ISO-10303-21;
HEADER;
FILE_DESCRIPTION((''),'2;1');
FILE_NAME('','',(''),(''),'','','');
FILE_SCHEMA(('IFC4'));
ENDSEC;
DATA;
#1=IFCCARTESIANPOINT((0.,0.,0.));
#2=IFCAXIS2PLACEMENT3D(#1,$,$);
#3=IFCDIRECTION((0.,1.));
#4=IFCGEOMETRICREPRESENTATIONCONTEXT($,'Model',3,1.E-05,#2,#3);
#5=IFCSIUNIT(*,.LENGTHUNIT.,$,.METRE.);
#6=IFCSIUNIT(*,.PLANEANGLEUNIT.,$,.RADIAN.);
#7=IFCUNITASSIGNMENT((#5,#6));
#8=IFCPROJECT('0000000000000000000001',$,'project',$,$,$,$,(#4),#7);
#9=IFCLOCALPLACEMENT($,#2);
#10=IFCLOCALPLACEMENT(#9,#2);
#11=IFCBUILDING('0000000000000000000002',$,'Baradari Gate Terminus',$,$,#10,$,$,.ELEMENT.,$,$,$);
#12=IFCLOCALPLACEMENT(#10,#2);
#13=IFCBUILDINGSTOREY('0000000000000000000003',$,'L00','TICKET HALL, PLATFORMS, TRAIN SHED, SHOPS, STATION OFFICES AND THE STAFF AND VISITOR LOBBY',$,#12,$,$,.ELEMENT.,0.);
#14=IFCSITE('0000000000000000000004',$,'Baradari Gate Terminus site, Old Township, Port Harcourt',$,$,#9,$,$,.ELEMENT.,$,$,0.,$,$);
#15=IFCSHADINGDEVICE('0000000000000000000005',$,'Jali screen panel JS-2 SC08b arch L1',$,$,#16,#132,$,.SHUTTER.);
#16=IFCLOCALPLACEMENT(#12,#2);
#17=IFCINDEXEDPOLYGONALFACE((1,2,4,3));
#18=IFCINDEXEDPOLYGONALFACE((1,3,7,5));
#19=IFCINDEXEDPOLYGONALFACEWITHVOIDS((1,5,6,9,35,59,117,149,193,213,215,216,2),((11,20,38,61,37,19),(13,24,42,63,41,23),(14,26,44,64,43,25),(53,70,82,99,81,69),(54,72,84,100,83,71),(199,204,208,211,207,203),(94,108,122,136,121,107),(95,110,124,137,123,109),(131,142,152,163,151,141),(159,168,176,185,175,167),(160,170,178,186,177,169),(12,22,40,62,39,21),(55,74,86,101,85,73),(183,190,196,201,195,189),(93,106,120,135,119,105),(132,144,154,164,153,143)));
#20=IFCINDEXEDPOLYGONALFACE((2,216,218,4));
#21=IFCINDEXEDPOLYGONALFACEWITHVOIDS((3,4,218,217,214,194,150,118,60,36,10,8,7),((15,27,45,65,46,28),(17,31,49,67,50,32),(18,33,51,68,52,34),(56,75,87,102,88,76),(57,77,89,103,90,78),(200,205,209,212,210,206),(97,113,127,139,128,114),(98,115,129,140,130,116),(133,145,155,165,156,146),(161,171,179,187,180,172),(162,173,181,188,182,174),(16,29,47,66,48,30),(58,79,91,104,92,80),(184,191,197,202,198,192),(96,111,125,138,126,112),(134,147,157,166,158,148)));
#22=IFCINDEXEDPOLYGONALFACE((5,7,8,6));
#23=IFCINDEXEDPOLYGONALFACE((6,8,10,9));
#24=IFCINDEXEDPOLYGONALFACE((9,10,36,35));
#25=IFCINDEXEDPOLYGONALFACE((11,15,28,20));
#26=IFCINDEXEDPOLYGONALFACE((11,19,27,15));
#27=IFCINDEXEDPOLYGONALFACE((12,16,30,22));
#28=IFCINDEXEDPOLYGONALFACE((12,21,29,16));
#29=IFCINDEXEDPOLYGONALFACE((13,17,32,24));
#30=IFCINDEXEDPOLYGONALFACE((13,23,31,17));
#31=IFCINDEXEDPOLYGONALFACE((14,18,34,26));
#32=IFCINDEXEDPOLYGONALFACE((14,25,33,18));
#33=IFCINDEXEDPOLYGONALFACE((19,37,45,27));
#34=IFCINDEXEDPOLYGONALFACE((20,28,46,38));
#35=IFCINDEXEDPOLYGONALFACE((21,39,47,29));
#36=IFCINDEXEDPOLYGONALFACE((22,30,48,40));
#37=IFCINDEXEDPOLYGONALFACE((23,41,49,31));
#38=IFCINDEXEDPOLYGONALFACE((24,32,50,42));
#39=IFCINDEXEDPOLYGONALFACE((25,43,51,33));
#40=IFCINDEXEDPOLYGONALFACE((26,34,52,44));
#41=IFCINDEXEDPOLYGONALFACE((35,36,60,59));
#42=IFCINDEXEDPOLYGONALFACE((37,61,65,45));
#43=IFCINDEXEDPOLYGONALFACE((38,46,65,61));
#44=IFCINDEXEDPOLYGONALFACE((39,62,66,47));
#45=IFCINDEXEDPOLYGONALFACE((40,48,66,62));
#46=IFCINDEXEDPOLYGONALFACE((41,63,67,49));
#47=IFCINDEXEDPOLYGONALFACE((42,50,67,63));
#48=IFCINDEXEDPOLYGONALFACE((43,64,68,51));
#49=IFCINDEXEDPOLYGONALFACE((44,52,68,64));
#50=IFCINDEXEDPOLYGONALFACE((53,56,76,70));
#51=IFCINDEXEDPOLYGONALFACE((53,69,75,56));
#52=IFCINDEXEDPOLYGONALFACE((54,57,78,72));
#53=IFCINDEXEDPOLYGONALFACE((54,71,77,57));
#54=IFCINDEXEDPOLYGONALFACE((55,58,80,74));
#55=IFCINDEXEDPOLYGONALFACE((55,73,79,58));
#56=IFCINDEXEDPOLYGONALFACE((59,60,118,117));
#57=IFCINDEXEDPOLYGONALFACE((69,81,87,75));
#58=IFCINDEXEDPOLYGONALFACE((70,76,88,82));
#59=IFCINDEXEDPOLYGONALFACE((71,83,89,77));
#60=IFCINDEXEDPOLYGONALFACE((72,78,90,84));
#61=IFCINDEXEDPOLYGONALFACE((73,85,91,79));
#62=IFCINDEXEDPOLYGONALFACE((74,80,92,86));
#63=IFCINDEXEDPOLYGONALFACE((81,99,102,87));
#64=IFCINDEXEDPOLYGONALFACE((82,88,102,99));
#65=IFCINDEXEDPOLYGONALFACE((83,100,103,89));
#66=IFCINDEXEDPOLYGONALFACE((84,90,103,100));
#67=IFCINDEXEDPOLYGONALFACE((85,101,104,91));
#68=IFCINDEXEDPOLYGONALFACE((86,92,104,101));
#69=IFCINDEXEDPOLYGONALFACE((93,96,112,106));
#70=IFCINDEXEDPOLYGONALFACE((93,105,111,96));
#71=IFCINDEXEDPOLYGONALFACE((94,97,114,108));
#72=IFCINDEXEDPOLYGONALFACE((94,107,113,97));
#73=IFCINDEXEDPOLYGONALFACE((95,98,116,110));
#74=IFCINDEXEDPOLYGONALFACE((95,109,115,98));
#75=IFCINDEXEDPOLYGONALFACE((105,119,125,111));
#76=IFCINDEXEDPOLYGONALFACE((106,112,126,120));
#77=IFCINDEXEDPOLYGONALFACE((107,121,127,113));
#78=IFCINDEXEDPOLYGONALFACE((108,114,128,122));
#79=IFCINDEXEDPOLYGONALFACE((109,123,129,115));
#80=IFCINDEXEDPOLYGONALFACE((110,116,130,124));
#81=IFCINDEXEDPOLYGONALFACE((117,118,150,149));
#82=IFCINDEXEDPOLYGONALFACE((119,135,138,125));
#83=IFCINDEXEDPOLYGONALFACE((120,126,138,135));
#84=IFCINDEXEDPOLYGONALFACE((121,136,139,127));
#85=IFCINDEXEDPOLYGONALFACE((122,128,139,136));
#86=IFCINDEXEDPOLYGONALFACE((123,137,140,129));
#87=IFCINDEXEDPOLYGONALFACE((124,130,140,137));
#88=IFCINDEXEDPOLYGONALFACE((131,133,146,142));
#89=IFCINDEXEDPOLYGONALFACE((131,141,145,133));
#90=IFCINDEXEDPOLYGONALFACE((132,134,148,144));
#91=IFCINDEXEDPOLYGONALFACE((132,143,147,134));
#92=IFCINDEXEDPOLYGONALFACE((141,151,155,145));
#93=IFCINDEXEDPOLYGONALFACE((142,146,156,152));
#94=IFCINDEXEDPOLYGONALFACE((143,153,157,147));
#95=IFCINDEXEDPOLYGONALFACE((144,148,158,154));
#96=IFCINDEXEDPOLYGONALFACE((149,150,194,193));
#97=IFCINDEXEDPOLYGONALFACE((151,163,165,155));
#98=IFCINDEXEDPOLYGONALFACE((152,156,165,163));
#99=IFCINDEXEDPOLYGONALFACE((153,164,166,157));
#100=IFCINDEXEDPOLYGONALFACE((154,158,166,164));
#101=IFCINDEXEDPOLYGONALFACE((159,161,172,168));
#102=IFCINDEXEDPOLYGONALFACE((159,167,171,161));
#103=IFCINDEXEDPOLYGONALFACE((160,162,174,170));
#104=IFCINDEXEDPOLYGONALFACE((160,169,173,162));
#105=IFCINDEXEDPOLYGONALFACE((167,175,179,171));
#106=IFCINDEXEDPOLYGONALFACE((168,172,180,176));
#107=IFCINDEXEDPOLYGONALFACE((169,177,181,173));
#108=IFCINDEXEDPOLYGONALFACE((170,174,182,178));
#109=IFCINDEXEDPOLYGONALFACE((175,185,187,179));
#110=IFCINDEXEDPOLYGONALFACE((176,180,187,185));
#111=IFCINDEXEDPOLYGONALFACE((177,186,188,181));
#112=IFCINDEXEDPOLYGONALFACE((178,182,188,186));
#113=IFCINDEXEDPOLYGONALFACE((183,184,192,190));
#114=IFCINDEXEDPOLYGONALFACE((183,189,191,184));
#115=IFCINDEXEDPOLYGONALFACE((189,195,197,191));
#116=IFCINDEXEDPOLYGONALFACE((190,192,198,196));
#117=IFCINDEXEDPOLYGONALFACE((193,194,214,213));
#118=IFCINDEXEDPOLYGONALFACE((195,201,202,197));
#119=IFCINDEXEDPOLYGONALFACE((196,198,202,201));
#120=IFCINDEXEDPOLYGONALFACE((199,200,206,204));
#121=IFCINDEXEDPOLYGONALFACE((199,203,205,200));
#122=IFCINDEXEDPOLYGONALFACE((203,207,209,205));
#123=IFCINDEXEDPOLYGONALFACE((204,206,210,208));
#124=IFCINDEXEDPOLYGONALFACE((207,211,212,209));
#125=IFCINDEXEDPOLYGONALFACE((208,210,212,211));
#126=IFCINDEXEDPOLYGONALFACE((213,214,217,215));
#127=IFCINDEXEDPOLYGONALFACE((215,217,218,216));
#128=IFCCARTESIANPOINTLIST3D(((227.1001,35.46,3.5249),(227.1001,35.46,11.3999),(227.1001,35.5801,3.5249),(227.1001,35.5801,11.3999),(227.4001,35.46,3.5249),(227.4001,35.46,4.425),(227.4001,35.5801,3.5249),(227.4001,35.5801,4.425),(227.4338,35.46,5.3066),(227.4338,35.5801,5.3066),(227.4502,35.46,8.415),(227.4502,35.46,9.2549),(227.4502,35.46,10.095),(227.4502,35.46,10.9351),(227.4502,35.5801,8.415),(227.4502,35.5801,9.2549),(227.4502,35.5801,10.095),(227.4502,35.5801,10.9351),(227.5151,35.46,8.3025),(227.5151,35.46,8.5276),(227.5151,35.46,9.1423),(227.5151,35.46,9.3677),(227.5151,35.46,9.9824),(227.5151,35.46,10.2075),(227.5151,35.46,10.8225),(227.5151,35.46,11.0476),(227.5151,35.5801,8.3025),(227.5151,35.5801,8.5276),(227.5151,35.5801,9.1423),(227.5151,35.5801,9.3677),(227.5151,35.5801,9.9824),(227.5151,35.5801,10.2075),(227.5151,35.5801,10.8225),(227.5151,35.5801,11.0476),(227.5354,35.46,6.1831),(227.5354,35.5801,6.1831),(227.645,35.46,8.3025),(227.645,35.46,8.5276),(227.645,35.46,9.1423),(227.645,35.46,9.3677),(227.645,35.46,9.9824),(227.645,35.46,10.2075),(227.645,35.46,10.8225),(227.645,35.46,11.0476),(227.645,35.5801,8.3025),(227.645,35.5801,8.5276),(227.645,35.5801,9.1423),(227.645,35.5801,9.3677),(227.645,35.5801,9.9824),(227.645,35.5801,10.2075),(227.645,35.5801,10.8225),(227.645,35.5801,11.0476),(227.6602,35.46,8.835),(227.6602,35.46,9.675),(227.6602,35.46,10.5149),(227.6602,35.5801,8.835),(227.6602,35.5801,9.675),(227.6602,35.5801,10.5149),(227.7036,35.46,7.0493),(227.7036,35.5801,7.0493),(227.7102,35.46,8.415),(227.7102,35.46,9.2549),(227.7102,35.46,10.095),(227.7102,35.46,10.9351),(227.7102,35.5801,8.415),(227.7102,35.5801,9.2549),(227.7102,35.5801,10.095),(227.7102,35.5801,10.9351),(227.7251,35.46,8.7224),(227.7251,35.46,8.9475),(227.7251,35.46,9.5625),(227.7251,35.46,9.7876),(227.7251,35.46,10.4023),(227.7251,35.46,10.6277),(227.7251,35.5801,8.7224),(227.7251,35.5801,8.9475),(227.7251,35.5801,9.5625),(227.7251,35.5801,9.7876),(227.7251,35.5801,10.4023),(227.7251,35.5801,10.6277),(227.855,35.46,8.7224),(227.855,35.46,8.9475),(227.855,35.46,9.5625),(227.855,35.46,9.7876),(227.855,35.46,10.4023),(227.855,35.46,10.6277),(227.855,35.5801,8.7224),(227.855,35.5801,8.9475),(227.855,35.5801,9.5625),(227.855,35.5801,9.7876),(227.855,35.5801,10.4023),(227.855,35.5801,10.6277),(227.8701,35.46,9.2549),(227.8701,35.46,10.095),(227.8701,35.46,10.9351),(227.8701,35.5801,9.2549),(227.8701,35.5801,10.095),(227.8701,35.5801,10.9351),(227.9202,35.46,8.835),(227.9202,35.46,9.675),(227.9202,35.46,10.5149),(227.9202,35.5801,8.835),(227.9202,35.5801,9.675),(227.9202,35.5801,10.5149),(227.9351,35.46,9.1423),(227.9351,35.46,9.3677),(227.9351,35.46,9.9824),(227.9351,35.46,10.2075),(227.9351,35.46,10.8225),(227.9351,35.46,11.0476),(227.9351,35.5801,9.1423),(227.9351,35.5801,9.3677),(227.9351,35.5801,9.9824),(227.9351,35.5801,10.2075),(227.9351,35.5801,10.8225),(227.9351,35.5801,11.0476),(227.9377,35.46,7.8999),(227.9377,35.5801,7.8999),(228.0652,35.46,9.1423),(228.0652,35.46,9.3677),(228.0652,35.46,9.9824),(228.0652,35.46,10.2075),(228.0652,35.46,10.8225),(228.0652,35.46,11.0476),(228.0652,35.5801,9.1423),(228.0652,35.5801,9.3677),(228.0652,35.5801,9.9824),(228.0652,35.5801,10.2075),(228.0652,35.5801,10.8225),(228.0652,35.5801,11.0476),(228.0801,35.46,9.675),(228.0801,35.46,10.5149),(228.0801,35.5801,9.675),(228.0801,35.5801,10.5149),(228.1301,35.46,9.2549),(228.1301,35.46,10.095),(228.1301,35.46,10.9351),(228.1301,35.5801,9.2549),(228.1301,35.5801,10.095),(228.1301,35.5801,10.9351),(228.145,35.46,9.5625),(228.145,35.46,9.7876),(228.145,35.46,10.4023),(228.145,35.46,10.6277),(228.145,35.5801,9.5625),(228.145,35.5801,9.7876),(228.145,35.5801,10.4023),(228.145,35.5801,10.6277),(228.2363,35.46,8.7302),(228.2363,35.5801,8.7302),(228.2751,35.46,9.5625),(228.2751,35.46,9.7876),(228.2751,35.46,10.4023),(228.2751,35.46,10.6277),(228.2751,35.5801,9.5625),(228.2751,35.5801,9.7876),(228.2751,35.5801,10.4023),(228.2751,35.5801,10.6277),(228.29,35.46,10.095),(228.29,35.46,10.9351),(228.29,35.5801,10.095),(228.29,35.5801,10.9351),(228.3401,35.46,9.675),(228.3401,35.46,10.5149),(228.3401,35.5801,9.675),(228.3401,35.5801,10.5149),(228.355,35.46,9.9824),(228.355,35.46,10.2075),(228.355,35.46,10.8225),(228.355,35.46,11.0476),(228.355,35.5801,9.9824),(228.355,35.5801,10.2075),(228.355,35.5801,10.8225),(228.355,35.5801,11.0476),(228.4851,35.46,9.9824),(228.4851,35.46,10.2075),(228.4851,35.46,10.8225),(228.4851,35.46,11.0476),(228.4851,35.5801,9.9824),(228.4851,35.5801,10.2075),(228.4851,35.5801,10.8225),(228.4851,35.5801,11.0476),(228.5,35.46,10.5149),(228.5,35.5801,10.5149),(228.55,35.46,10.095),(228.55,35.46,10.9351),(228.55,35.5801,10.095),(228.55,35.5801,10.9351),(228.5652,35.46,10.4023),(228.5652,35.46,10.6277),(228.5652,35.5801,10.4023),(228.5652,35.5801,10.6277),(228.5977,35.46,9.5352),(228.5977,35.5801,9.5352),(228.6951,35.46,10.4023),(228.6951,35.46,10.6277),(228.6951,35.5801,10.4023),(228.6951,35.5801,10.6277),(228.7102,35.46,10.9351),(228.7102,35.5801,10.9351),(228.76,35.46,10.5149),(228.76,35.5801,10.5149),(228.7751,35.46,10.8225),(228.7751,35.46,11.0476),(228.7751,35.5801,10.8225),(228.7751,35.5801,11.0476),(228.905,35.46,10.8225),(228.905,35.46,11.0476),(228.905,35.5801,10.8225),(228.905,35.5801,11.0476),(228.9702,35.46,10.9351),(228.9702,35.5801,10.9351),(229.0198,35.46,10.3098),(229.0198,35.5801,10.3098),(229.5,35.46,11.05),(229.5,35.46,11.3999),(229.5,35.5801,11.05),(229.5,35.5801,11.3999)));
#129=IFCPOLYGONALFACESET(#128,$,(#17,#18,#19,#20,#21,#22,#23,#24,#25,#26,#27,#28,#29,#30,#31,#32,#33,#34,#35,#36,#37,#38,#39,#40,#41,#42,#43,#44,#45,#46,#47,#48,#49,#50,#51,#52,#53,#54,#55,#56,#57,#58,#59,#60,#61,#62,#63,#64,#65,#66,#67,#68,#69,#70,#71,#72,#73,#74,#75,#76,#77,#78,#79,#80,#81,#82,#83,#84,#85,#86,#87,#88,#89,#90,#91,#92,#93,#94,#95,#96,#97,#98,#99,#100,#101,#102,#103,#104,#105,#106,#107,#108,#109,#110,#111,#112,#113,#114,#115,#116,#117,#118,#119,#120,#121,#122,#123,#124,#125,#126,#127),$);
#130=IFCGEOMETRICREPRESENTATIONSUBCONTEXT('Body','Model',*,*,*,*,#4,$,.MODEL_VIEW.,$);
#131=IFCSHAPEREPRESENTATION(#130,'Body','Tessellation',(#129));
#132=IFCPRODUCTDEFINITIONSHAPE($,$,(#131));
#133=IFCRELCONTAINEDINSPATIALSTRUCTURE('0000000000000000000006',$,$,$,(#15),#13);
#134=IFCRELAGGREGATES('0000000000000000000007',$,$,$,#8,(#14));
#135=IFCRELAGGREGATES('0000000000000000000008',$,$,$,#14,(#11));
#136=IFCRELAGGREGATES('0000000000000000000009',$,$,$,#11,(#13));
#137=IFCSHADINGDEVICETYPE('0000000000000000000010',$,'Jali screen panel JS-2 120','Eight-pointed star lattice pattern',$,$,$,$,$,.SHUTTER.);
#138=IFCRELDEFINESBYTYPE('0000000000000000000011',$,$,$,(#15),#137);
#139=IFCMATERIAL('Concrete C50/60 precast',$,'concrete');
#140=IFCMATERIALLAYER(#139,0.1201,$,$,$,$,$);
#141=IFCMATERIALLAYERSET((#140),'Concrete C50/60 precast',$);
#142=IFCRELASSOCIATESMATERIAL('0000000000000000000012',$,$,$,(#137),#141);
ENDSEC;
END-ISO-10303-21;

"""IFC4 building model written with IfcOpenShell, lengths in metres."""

from ifc_helpers import new_model, si_unit, direction, frame, origin, place, context, subcontext, project, spatial, polyline, outline, extrude, material, layer, layer_set, type_object, element, save


model = new_model("IFC4")

# Units and contexts
model_context = context("Model", 3, precision=1e-05, world=origin(), true_north=direction((0.0, 1.0)))
body_context = subcontext(model_context, "Body", "Model", "MODEL_VIEW")
ifc_project = project(units=[si_unit("LENGTHUNIT", "METRE"), si_unit("PLANEANGLEUNIT", "RADIAN")], contexts=[model_context])

# Site, building, storey
site_placement = place(None, origin())
site = spatial("IfcSite", under=ifc_project, at=site_placement, Name="Baradari Gate Terminus site, Old Township, Port Harcourt", CompositionType="ELEMENT", RefElevation=0.0)
building_placement = place(site_placement, origin())
building = spatial("IfcBuilding", under=site, at=building_placement, Name="Baradari Gate Terminus", CompositionType="ELEMENT")
storey_placement = place(building_placement, origin())
storey = spatial("IfcBuildingStorey", under=building, at=storey_placement, Name="L00", Description="TICKET HALL, PLATFORMS, TRAIN SHED, SHOPS, STATION OFFICES AND THE STAFF AND VISITOR LOBBY", CompositionType="ELEMENT", Elevation=0.0)

# Shading device
ifc_material_1 = material(Name="Concrete C50/60 precast", Category="concrete")
ifc_layer_1 = layer(ifc_material_1, 0.1201)
ifc_layer_set_1 = layer_set([ifc_layer_1], Name="Concrete C50/60 precast")
shading_device_type = type_object("IfcShadingDeviceType", Name="Jali screen panel JS-2 120", Description="Eight-pointed star lattice pattern", PredefinedType="SHUTTER", material=ifc_layer_set_1)
shading_device_1_placement = place(storey_placement, frame((227.1001, 35.52, 3.5249), z_axis=(0.0, 0.0, 1.0), x_axis=(1.0, 0.0, 0.0)))
element("IfcShadingDevice", 1, at=shading_device_1_placement, inside=storey, type_object=shading_device_type, Name="Jali screen panel JS-2 SC08b arch L1", PredefinedType="SHUTTER", context=body_context, shape_type="SweptSolid", body=[
    extrude(outline(polyline([(0.0, 0.0), (0.3, 0.0), (0.3, 0.9001), (0.3337, 1.7817), (0.4353, 2.6582), (0.6035, 3.5244), (0.8376, 4.375), (1.1362, 5.2053), (1.4976, 6.0103), (1.9197, 6.7849), (2.3999, 7.5251), (2.3999, 7.875), (0.0, 7.875), (0.0, 0.0)]), holes=[polyline([(0.6101, 4.8901), (0.5449, 4.7776), (0.415, 4.7776), (0.3501, 4.8901), (0.415, 5.0027), (0.5449, 5.0027), (0.6101, 4.8901)]), polyline([(0.8201, 5.3101), (0.7549, 5.1975), (0.625, 5.1975), (0.5601, 5.3101), (0.625, 5.4226), (0.7549, 5.4226), (0.8201, 5.3101)]), polyline([(0.6101, 5.73), (0.5449, 5.6174), (0.415, 5.6174), (0.3501, 5.73), (0.415, 5.8428), (0.5449, 5.8428), (0.6101, 5.73)]), polyline([(1.03, 5.73), (0.9651, 5.6174), (0.835, 5.6174), (0.77, 5.73), (0.835, 5.8428), (0.9651, 5.8428), (1.03, 5.73)]), polyline([(0.8201, 6.1501), (0.7549, 6.0376), (0.625, 6.0376), (0.5601, 6.1501), (0.625, 6.2627), (0.7549, 6.2627), (0.8201, 6.1501)]), polyline([(1.24, 6.1501), (1.175, 6.0376), (1.0449, 6.0376), (0.98, 6.1501), (1.0449, 6.2627), (1.175, 6.2627), (1.24, 6.1501)]), polyline([(0.6101, 6.5701), (0.5449, 6.4575), (0.415, 6.4575), (0.3501, 6.5701), (0.415, 6.6826), (0.5449, 6.6826), (0.6101, 6.5701)]), polyline([(1.03, 6.5701), (0.9651, 6.4575), (0.835, 6.4575), (0.77, 6.5701), (0.835, 6.6826), (0.9651, 6.6826), (1.03, 6.5701)]), polyline([(1.45, 6.5701), (1.385, 6.4575), (1.2549, 6.4575), (1.1899, 6.5701), (1.2549, 6.6826), (1.385, 6.6826), (1.45, 6.5701)]), polyline([(0.8201, 6.99), (0.7549, 6.8774), (0.625, 6.8774), (0.5601, 6.99), (0.625, 7.1028), (0.7549, 7.1028), (0.8201, 6.99)]), polyline([(1.24, 6.99), (1.175, 6.8774), (1.0449, 6.8774), (0.98, 6.99), (1.0449, 7.1028), (1.175, 7.1028), (1.24, 6.99)]), polyline([(1.6599, 6.99), (1.595, 6.8774), (1.4651, 6.8774), (1.3999, 6.99), (1.4651, 7.1028), (1.595, 7.1028), (1.6599, 6.99)]), polyline([(0.6101, 7.4102), (0.5449, 7.2976), (0.415, 7.2976), (0.3501, 7.4102), (0.415, 7.5227), (0.5449, 7.5227), (0.6101, 7.4102)]), polyline([(1.03, 7.4102), (0.9651, 7.2976), (0.835, 7.2976), (0.77, 7.4102), (0.835, 7.5227), (0.9651, 7.5227), (1.03, 7.4102)]), polyline([(1.45, 7.4102), (1.385, 7.2976), (1.2549, 7.2976), (1.1899, 7.4102), (1.2549, 7.5227), (1.385, 7.5227), (1.45, 7.4102)]), polyline([(1.8701, 7.4102), (1.8049, 7.2976), (1.675, 7.2976), (1.6101, 7.4102), (1.675, 7.5227), (1.8049, 7.5227), (1.8701, 7.4102)])]), frame((0.0, 0.0601, 0.0), z_axis=(0.0, -1.0, 0.0), x_axis=(1.0, 0.0, 0.0)), (0.0, 0.0, 1.0), 0.1201),
])

save(model, "model.ifc")
